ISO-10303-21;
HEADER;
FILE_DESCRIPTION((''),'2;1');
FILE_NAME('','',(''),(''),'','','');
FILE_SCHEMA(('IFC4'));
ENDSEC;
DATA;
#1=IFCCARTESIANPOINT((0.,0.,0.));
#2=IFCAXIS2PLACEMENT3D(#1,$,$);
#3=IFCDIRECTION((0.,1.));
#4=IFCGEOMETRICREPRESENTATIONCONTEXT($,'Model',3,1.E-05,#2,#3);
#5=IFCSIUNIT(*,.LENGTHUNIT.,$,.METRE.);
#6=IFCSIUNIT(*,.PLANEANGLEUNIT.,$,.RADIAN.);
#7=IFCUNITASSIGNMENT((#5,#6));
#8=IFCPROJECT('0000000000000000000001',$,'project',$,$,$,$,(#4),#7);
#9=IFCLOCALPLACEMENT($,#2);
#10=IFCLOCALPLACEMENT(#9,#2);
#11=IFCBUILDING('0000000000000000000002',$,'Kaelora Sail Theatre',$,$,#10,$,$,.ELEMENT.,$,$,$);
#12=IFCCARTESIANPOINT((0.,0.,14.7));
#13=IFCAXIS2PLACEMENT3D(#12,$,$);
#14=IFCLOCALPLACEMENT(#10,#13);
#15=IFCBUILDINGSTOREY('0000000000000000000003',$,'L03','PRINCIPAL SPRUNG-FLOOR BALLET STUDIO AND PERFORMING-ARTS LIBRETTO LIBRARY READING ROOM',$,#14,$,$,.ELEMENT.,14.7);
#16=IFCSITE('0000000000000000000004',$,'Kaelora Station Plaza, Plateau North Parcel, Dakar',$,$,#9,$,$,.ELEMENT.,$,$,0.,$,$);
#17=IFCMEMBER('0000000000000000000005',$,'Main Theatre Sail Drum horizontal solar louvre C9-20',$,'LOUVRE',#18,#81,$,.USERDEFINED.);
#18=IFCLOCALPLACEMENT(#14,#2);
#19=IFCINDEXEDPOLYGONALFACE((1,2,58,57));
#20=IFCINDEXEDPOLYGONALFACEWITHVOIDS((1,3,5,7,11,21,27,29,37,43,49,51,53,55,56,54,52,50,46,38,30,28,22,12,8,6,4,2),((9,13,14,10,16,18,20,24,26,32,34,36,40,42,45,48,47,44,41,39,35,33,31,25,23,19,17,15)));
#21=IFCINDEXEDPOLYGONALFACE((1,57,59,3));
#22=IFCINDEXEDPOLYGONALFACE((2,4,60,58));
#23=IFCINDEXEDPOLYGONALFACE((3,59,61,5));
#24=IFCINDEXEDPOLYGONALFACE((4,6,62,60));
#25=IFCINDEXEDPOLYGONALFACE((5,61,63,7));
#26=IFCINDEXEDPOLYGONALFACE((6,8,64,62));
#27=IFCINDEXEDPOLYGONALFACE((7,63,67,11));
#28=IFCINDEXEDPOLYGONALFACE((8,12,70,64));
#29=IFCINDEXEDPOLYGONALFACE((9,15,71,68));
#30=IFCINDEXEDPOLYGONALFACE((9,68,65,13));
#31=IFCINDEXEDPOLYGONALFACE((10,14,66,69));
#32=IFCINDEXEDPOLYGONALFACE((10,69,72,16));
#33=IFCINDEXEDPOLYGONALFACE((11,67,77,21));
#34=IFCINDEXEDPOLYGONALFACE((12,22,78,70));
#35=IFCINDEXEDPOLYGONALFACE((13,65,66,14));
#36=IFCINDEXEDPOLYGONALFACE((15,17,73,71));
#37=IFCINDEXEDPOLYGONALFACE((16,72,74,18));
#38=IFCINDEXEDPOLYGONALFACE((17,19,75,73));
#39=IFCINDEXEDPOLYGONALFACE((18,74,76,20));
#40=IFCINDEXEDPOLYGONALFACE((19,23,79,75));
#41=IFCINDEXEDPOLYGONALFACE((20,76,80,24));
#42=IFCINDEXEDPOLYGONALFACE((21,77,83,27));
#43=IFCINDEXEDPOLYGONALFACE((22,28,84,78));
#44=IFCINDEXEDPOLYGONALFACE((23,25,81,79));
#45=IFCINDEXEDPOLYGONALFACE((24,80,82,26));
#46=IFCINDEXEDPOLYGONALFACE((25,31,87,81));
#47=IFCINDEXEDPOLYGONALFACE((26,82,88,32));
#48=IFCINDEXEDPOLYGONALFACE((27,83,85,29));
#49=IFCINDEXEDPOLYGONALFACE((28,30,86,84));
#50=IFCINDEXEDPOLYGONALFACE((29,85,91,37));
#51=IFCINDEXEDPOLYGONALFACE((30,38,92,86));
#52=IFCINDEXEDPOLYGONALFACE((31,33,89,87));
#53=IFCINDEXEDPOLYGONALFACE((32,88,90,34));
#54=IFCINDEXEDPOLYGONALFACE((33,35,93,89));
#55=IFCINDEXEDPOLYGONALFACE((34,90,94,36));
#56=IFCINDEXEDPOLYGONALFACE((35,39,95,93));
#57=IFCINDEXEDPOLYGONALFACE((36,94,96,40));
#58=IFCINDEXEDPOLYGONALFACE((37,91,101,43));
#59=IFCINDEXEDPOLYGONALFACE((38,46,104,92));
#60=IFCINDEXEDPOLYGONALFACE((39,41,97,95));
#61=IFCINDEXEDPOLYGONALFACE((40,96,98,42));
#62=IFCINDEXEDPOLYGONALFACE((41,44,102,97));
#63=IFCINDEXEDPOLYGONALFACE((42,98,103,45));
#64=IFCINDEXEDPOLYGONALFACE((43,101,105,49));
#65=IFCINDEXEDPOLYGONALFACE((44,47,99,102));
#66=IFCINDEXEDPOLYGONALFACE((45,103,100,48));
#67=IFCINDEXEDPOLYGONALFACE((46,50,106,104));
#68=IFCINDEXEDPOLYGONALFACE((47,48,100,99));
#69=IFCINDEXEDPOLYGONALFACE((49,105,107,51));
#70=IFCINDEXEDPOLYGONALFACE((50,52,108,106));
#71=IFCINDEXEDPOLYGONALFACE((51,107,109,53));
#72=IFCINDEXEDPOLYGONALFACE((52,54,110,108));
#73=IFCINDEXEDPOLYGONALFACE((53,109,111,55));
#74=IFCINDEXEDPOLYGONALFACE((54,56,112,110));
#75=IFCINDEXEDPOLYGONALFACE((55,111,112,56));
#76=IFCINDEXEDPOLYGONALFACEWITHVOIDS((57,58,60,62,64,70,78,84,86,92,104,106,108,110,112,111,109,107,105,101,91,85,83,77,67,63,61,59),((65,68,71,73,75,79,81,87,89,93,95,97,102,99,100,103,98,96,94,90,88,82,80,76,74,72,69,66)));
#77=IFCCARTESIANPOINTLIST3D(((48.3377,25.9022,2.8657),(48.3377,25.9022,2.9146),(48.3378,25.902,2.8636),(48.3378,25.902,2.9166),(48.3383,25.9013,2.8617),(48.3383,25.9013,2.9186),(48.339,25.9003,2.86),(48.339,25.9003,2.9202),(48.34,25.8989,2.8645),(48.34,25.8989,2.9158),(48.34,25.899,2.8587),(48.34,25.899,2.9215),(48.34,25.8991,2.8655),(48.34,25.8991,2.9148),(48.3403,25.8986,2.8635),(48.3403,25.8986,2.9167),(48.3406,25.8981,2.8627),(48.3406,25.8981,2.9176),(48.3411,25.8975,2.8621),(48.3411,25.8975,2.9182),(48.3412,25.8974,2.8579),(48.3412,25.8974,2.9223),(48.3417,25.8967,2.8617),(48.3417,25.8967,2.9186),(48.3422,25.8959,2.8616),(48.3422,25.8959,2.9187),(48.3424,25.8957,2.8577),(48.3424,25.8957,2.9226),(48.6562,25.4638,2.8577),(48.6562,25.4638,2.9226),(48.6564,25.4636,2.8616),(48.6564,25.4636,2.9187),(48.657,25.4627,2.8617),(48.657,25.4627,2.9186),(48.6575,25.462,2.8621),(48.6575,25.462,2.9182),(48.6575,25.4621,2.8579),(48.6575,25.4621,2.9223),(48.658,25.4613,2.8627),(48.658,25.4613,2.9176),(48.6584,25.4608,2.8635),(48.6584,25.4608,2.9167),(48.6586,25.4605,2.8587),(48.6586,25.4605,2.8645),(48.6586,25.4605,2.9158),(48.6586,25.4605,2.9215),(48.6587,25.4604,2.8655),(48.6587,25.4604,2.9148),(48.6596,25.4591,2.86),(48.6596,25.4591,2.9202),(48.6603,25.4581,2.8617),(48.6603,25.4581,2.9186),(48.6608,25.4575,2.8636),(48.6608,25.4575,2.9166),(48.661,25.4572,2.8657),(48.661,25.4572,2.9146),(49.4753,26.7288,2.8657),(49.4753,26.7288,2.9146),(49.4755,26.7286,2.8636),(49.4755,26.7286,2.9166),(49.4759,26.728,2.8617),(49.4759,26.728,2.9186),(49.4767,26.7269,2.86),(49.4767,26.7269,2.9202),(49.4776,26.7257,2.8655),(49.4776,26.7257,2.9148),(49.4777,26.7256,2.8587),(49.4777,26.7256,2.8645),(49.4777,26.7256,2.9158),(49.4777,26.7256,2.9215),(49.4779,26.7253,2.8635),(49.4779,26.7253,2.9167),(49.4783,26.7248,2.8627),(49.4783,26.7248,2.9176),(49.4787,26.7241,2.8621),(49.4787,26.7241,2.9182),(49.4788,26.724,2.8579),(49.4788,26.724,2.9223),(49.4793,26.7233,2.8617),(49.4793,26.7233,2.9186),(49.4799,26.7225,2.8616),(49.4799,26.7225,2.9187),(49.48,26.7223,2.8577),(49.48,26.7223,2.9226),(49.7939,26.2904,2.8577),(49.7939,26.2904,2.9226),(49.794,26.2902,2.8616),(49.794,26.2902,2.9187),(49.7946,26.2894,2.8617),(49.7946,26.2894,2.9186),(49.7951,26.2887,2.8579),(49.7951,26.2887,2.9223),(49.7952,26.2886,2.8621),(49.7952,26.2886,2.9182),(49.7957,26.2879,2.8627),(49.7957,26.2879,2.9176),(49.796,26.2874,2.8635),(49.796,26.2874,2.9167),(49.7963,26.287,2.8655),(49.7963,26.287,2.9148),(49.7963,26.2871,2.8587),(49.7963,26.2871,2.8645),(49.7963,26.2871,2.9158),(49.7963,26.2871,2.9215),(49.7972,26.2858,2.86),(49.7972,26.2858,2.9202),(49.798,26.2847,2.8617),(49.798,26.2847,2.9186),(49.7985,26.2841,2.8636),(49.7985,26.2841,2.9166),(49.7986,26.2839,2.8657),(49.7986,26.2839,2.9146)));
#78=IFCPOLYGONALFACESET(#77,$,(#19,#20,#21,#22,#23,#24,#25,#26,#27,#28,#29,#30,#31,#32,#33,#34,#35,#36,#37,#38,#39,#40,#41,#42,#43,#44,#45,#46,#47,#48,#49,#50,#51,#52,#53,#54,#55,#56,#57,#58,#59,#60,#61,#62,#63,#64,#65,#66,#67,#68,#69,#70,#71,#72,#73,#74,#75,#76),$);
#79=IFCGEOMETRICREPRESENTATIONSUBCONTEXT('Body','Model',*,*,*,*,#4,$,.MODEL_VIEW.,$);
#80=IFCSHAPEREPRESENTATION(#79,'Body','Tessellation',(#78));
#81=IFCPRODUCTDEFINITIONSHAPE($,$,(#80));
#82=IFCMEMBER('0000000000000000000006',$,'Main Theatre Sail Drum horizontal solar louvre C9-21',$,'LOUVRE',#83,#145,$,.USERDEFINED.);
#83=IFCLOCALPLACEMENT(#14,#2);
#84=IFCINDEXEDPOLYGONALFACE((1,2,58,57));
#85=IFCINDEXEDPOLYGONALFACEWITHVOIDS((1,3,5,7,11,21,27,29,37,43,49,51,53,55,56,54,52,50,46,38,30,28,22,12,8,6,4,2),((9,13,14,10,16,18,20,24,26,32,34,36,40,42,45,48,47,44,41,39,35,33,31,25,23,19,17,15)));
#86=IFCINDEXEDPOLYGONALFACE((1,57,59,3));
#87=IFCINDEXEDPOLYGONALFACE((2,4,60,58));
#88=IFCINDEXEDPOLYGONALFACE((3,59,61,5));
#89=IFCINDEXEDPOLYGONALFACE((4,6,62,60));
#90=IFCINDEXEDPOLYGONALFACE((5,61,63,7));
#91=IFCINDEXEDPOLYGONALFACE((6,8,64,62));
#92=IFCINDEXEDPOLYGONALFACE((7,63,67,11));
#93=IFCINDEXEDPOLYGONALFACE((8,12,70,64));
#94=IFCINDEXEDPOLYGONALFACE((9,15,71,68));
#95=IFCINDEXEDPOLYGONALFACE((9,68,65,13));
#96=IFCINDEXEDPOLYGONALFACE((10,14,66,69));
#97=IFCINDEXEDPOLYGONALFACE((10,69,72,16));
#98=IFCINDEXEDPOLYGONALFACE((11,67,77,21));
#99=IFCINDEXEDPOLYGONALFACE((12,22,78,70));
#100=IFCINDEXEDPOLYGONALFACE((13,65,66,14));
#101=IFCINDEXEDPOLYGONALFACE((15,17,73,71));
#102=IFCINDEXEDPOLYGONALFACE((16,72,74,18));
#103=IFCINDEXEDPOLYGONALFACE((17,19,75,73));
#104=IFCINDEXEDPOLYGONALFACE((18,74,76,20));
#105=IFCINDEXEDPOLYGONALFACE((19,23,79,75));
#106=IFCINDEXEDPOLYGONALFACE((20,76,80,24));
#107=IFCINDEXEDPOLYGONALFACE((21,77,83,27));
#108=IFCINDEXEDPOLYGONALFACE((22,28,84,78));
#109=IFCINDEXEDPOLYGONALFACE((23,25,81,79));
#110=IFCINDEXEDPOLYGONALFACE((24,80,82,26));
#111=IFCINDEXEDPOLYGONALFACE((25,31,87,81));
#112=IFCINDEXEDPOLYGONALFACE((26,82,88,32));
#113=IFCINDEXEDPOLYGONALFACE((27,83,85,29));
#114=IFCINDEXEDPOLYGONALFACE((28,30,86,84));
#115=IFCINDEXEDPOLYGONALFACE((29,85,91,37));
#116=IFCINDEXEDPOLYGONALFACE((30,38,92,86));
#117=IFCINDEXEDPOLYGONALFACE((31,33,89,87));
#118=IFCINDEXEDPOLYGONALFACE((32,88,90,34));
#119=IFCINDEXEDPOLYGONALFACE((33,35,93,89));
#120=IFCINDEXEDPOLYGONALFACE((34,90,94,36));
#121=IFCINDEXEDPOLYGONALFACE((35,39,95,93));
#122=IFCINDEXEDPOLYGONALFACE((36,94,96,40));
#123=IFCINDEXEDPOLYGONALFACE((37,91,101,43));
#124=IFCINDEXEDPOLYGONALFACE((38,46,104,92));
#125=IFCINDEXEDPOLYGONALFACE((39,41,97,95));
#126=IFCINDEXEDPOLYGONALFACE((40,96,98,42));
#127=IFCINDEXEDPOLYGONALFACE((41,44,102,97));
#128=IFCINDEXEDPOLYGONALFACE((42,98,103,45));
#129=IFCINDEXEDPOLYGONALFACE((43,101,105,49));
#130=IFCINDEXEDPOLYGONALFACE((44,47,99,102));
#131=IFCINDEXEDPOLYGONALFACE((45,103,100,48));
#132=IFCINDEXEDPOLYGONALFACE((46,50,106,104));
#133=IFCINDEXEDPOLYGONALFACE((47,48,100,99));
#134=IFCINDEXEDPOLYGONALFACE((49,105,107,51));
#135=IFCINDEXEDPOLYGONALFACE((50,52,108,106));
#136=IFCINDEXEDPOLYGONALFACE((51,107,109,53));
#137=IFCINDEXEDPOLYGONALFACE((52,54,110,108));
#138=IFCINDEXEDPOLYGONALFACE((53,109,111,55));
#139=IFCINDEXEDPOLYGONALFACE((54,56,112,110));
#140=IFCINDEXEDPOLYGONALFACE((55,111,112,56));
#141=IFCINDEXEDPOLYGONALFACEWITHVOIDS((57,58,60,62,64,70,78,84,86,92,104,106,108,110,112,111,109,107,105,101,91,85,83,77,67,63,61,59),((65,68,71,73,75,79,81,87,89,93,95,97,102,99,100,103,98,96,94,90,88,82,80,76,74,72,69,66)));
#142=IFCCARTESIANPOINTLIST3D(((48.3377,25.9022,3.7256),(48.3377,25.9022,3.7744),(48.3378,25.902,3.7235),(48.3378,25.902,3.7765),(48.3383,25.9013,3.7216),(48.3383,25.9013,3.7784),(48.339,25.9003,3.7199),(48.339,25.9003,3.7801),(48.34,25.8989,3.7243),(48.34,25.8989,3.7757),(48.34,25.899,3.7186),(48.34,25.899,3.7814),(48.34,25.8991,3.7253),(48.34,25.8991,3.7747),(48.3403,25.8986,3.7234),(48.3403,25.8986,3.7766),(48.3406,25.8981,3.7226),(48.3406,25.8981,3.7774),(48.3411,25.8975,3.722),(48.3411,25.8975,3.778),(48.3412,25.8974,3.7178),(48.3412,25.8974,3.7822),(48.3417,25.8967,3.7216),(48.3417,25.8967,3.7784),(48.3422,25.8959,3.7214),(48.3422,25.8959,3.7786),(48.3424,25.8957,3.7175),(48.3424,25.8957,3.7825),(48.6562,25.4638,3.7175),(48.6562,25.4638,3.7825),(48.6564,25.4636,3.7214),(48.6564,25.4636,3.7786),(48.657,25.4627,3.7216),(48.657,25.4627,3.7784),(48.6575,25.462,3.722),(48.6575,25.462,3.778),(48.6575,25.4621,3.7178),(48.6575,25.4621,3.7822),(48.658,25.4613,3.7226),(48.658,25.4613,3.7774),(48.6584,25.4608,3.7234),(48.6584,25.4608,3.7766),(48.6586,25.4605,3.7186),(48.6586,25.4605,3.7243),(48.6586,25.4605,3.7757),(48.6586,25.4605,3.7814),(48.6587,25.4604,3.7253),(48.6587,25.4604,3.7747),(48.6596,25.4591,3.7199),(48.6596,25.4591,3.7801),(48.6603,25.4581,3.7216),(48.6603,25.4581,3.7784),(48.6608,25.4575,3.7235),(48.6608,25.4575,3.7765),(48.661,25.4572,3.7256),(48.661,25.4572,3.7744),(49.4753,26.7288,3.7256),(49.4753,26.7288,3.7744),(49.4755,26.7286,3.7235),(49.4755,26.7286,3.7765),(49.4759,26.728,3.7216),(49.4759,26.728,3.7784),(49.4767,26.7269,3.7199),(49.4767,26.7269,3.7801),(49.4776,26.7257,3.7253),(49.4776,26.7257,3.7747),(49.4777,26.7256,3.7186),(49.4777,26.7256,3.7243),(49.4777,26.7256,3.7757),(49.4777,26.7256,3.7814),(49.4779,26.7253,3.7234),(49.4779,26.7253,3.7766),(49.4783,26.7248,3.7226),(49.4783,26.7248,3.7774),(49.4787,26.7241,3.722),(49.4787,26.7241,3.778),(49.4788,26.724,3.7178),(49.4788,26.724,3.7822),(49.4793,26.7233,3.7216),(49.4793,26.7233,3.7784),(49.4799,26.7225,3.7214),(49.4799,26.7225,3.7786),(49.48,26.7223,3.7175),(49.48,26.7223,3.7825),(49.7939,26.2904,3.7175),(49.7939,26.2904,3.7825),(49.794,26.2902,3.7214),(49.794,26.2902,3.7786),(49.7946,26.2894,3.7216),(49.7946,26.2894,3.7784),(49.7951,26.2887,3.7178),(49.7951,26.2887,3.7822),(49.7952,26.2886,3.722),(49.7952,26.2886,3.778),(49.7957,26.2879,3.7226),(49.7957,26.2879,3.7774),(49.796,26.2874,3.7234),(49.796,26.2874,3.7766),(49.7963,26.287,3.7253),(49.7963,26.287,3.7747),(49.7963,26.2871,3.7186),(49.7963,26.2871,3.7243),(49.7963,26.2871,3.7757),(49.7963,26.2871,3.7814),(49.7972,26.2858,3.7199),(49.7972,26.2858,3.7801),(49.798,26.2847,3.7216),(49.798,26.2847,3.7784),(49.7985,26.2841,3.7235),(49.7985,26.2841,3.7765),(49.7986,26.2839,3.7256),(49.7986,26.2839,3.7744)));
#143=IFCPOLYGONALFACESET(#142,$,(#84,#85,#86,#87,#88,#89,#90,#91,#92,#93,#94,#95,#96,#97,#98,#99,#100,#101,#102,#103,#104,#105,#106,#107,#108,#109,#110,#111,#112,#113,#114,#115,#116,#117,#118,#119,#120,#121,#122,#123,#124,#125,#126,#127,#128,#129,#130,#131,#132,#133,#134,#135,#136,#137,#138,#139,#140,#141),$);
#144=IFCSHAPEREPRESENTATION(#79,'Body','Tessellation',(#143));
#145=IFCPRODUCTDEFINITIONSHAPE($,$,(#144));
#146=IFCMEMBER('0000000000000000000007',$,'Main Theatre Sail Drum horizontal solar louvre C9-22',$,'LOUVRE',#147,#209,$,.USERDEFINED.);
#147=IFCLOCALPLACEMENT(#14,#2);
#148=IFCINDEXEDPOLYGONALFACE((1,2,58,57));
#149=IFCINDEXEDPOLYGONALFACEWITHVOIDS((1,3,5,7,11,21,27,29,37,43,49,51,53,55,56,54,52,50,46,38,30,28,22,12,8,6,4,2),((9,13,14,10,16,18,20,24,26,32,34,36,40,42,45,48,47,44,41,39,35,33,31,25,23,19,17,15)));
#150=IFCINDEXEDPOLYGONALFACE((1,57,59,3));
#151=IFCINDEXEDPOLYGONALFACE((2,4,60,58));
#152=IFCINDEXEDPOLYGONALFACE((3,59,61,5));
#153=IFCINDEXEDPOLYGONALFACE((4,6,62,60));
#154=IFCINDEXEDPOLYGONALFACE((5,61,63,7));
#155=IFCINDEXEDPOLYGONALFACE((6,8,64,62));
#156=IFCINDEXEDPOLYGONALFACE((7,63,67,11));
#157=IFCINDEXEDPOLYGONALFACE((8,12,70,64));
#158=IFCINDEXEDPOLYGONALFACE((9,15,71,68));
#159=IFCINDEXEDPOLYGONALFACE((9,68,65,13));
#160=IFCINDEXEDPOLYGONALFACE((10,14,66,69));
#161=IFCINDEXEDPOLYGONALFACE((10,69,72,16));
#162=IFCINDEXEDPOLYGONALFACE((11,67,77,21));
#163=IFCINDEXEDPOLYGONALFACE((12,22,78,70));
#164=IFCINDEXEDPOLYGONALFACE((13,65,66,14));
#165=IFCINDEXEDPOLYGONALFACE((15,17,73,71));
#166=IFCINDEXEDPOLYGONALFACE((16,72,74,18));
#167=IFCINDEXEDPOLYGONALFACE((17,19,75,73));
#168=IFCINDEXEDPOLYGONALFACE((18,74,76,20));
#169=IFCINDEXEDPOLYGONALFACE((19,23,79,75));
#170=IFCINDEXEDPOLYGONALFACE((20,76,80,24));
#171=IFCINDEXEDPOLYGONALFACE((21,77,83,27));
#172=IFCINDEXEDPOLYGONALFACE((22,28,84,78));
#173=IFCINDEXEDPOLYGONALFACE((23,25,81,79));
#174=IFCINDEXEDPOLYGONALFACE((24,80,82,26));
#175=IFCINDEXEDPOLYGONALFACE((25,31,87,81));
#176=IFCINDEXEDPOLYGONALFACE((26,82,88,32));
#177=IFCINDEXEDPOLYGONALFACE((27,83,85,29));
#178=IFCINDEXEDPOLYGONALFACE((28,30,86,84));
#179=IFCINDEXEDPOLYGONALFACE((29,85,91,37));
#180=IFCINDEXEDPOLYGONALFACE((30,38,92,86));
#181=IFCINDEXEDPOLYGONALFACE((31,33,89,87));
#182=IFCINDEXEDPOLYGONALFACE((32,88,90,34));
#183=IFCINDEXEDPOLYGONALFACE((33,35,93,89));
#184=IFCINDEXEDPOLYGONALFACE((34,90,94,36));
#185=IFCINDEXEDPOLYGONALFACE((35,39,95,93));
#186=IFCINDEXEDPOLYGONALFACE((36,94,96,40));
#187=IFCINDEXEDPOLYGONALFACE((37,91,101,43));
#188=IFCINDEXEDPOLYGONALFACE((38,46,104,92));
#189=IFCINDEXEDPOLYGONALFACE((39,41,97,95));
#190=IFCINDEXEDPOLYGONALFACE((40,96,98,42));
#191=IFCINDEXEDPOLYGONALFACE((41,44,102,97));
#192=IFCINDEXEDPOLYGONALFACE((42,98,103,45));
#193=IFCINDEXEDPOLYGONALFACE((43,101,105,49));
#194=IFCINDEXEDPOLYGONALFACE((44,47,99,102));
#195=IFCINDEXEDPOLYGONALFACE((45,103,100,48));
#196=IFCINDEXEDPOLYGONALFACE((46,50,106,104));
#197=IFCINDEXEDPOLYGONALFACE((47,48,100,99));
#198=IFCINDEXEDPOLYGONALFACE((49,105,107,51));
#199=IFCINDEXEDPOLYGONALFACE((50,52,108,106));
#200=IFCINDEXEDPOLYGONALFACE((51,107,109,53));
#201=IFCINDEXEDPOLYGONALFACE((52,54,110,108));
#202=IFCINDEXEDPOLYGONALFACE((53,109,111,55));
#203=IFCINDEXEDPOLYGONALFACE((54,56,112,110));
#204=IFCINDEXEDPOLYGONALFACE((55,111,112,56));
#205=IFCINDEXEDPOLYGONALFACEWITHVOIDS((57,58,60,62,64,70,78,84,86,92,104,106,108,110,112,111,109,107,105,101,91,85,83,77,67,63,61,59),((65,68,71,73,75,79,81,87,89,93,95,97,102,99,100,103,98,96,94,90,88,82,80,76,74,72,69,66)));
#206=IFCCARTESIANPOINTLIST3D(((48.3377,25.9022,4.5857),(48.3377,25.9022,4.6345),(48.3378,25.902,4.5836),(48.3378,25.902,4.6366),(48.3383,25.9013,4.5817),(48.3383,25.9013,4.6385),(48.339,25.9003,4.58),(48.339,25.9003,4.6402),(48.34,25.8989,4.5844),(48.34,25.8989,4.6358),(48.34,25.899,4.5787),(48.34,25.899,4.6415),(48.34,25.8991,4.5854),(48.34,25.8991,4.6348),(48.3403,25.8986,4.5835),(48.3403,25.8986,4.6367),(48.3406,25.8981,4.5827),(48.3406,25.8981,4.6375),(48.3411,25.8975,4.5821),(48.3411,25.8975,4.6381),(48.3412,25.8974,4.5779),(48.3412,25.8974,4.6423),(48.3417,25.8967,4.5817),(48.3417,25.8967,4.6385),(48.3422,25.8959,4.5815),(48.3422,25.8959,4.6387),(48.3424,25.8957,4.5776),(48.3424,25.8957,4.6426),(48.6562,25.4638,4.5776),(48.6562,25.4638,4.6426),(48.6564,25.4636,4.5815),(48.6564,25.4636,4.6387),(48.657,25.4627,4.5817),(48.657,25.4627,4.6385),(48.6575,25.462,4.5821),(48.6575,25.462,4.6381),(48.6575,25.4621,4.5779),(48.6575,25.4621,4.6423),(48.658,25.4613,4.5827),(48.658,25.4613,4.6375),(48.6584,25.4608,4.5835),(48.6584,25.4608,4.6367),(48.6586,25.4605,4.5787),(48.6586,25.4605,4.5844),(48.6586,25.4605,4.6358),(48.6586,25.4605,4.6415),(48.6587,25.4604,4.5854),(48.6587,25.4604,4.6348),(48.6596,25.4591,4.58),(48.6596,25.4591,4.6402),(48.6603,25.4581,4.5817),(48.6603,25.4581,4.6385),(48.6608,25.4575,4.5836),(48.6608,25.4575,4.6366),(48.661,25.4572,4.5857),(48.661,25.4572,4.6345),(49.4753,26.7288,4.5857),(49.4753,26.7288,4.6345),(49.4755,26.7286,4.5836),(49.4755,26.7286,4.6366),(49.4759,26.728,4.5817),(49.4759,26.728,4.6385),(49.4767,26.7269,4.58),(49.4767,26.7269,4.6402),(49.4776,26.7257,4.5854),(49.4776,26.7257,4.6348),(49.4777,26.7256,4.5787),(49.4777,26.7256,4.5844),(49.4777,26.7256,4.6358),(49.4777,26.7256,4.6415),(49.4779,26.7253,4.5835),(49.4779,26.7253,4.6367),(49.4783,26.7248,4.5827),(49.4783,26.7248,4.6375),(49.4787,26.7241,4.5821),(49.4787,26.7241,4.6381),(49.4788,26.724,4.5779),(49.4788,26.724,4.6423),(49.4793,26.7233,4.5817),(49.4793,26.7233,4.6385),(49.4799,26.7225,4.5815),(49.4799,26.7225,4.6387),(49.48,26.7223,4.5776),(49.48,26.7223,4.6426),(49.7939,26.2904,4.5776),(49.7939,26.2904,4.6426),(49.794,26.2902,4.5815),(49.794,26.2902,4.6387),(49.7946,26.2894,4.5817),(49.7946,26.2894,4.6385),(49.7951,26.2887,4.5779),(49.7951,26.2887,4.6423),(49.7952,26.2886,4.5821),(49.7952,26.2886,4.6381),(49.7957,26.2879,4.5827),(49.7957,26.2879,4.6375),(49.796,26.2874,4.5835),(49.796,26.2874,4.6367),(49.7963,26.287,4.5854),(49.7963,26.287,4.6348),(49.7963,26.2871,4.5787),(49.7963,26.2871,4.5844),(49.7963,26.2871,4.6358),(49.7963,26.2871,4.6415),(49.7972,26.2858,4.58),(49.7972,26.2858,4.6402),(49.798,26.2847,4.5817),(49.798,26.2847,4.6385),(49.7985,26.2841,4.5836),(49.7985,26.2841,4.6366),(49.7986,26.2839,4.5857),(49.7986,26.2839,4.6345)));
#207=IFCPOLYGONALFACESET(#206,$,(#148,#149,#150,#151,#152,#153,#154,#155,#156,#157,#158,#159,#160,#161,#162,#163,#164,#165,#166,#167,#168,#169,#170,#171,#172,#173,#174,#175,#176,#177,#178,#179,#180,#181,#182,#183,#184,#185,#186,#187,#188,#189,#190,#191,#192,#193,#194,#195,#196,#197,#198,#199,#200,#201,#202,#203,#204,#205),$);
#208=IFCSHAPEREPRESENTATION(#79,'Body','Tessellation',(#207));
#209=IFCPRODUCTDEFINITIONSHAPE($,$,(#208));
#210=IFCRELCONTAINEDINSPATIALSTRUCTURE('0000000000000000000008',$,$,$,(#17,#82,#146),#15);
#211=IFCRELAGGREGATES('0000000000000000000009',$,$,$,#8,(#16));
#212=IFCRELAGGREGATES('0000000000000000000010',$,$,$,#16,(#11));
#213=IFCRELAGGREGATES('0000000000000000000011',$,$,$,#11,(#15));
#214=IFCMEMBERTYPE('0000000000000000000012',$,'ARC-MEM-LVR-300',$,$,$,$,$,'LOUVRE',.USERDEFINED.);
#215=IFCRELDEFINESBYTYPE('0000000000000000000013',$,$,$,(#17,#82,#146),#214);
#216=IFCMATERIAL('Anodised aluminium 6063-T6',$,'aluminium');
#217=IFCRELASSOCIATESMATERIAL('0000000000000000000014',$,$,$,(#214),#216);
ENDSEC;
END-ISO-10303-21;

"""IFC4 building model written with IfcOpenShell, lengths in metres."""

from ifc_helpers import new_model, si_unit, direction, frame, origin, origin_2d, place, context, subcontext, project, spatial, hollow_rectangle, extrude, material, material_profile, profile_set, type_object, element, save


model = new_model("IFC4")

# Units and contexts
model_context = context("Model", 3, precision=1e-05, world=origin(), true_north=direction((0.0, 1.0)))
body_context = subcontext(model_context, "Body", "Model", "MODEL_VIEW")
ifc_project = project(units=[si_unit("LENGTHUNIT", "METRE"), si_unit("PLANEANGLEUNIT", "RADIAN")], contexts=[model_context])

# Site, building, storey
site_placement = place(None, origin())
site = spatial("IfcSite", under=ifc_project, at=site_placement, Name="Kaelora Station Plaza, Plateau North Parcel, Dakar", CompositionType="ELEMENT", RefElevation=0.0)
building_placement = place(site_placement, origin())
building = spatial("IfcBuilding", under=site, at=building_placement, Name="Kaelora Sail Theatre", CompositionType="ELEMENT")
storey_placement = place(building_placement, frame((0.0, 0.0, 14.7)))
storey = spatial("IfcBuildingStorey", under=building, at=storey_placement, Name="L03", Description="PRINCIPAL SPRUNG-FLOOR BALLET STUDIO AND PERFORMING-ARTS LIBRETTO LIBRARY READING ROOM", CompositionType="ELEMENT", Elevation=14.7)

# Members
ifc_material_1 = material(Name="Anodised aluminium 6063-T6", Category="aluminium")
ifc_material_profile_1 = material_profile(ifc_material_1, hollow_rectangle(XDim=0.55, YDim=0.0649, WallThickness=0.0039, InnerFilletRadius=0.0039, OuterFilletRadius=0.0081, at=origin_2d()), Name="LOUVRE 550x65x4")
ifc_profile_set_1 = profile_set([ifc_material_profile_1], Name="Anodised aluminium 6063-T6")
member_type = type_object("IfcMemberType", Name="ARC-MEM-LVR-300", ElementType="LOUVRE", PredefinedType="USERDEFINED", material=ifc_profile_set_1)
for number, where, z_axis, x_axis, name in (
    (1, (49.637, 26.5063, 2.8901), (-0.808991, -0.587821, 0.0), (0.587821, -0.808991, 0.0), "Main Theatre Sail Drum horizontal solar louvre C9-20"),
    (2, (49.637, 26.5063, 3.75), (-0.808991, -0.587821, 0.0), (0.587821, -0.808991, 0.0), "Main Theatre Sail Drum horizontal solar louvre C9-21"),
    (3, (49.637, 26.5063, 4.6101), (-0.808991, -0.587821, 0.0), (0.587821, -0.808991, 0.0), "Main Theatre Sail Drum horizontal solar louvre C9-22"),
):
    element("IfcMember", number, at=place(storey_placement, frame(where, z_axis=z_axis, x_axis=x_axis)), inside=storey, type_object=member_type, Name=name, ObjectType="LOUVRE", PredefinedType="USERDEFINED", context=body_context, shape_type="SweptSolid", body=[
        extrude(hollow_rectangle(XDim=0.55, YDim=0.0649, WallThickness=0.0039, InnerFilletRadius=0.0039, OuterFilletRadius=0.0081, at=origin_2d()), origin(), (0.0, 0.0, 1.0), 1.4062),
    ])

save(model, "model.ifc")
